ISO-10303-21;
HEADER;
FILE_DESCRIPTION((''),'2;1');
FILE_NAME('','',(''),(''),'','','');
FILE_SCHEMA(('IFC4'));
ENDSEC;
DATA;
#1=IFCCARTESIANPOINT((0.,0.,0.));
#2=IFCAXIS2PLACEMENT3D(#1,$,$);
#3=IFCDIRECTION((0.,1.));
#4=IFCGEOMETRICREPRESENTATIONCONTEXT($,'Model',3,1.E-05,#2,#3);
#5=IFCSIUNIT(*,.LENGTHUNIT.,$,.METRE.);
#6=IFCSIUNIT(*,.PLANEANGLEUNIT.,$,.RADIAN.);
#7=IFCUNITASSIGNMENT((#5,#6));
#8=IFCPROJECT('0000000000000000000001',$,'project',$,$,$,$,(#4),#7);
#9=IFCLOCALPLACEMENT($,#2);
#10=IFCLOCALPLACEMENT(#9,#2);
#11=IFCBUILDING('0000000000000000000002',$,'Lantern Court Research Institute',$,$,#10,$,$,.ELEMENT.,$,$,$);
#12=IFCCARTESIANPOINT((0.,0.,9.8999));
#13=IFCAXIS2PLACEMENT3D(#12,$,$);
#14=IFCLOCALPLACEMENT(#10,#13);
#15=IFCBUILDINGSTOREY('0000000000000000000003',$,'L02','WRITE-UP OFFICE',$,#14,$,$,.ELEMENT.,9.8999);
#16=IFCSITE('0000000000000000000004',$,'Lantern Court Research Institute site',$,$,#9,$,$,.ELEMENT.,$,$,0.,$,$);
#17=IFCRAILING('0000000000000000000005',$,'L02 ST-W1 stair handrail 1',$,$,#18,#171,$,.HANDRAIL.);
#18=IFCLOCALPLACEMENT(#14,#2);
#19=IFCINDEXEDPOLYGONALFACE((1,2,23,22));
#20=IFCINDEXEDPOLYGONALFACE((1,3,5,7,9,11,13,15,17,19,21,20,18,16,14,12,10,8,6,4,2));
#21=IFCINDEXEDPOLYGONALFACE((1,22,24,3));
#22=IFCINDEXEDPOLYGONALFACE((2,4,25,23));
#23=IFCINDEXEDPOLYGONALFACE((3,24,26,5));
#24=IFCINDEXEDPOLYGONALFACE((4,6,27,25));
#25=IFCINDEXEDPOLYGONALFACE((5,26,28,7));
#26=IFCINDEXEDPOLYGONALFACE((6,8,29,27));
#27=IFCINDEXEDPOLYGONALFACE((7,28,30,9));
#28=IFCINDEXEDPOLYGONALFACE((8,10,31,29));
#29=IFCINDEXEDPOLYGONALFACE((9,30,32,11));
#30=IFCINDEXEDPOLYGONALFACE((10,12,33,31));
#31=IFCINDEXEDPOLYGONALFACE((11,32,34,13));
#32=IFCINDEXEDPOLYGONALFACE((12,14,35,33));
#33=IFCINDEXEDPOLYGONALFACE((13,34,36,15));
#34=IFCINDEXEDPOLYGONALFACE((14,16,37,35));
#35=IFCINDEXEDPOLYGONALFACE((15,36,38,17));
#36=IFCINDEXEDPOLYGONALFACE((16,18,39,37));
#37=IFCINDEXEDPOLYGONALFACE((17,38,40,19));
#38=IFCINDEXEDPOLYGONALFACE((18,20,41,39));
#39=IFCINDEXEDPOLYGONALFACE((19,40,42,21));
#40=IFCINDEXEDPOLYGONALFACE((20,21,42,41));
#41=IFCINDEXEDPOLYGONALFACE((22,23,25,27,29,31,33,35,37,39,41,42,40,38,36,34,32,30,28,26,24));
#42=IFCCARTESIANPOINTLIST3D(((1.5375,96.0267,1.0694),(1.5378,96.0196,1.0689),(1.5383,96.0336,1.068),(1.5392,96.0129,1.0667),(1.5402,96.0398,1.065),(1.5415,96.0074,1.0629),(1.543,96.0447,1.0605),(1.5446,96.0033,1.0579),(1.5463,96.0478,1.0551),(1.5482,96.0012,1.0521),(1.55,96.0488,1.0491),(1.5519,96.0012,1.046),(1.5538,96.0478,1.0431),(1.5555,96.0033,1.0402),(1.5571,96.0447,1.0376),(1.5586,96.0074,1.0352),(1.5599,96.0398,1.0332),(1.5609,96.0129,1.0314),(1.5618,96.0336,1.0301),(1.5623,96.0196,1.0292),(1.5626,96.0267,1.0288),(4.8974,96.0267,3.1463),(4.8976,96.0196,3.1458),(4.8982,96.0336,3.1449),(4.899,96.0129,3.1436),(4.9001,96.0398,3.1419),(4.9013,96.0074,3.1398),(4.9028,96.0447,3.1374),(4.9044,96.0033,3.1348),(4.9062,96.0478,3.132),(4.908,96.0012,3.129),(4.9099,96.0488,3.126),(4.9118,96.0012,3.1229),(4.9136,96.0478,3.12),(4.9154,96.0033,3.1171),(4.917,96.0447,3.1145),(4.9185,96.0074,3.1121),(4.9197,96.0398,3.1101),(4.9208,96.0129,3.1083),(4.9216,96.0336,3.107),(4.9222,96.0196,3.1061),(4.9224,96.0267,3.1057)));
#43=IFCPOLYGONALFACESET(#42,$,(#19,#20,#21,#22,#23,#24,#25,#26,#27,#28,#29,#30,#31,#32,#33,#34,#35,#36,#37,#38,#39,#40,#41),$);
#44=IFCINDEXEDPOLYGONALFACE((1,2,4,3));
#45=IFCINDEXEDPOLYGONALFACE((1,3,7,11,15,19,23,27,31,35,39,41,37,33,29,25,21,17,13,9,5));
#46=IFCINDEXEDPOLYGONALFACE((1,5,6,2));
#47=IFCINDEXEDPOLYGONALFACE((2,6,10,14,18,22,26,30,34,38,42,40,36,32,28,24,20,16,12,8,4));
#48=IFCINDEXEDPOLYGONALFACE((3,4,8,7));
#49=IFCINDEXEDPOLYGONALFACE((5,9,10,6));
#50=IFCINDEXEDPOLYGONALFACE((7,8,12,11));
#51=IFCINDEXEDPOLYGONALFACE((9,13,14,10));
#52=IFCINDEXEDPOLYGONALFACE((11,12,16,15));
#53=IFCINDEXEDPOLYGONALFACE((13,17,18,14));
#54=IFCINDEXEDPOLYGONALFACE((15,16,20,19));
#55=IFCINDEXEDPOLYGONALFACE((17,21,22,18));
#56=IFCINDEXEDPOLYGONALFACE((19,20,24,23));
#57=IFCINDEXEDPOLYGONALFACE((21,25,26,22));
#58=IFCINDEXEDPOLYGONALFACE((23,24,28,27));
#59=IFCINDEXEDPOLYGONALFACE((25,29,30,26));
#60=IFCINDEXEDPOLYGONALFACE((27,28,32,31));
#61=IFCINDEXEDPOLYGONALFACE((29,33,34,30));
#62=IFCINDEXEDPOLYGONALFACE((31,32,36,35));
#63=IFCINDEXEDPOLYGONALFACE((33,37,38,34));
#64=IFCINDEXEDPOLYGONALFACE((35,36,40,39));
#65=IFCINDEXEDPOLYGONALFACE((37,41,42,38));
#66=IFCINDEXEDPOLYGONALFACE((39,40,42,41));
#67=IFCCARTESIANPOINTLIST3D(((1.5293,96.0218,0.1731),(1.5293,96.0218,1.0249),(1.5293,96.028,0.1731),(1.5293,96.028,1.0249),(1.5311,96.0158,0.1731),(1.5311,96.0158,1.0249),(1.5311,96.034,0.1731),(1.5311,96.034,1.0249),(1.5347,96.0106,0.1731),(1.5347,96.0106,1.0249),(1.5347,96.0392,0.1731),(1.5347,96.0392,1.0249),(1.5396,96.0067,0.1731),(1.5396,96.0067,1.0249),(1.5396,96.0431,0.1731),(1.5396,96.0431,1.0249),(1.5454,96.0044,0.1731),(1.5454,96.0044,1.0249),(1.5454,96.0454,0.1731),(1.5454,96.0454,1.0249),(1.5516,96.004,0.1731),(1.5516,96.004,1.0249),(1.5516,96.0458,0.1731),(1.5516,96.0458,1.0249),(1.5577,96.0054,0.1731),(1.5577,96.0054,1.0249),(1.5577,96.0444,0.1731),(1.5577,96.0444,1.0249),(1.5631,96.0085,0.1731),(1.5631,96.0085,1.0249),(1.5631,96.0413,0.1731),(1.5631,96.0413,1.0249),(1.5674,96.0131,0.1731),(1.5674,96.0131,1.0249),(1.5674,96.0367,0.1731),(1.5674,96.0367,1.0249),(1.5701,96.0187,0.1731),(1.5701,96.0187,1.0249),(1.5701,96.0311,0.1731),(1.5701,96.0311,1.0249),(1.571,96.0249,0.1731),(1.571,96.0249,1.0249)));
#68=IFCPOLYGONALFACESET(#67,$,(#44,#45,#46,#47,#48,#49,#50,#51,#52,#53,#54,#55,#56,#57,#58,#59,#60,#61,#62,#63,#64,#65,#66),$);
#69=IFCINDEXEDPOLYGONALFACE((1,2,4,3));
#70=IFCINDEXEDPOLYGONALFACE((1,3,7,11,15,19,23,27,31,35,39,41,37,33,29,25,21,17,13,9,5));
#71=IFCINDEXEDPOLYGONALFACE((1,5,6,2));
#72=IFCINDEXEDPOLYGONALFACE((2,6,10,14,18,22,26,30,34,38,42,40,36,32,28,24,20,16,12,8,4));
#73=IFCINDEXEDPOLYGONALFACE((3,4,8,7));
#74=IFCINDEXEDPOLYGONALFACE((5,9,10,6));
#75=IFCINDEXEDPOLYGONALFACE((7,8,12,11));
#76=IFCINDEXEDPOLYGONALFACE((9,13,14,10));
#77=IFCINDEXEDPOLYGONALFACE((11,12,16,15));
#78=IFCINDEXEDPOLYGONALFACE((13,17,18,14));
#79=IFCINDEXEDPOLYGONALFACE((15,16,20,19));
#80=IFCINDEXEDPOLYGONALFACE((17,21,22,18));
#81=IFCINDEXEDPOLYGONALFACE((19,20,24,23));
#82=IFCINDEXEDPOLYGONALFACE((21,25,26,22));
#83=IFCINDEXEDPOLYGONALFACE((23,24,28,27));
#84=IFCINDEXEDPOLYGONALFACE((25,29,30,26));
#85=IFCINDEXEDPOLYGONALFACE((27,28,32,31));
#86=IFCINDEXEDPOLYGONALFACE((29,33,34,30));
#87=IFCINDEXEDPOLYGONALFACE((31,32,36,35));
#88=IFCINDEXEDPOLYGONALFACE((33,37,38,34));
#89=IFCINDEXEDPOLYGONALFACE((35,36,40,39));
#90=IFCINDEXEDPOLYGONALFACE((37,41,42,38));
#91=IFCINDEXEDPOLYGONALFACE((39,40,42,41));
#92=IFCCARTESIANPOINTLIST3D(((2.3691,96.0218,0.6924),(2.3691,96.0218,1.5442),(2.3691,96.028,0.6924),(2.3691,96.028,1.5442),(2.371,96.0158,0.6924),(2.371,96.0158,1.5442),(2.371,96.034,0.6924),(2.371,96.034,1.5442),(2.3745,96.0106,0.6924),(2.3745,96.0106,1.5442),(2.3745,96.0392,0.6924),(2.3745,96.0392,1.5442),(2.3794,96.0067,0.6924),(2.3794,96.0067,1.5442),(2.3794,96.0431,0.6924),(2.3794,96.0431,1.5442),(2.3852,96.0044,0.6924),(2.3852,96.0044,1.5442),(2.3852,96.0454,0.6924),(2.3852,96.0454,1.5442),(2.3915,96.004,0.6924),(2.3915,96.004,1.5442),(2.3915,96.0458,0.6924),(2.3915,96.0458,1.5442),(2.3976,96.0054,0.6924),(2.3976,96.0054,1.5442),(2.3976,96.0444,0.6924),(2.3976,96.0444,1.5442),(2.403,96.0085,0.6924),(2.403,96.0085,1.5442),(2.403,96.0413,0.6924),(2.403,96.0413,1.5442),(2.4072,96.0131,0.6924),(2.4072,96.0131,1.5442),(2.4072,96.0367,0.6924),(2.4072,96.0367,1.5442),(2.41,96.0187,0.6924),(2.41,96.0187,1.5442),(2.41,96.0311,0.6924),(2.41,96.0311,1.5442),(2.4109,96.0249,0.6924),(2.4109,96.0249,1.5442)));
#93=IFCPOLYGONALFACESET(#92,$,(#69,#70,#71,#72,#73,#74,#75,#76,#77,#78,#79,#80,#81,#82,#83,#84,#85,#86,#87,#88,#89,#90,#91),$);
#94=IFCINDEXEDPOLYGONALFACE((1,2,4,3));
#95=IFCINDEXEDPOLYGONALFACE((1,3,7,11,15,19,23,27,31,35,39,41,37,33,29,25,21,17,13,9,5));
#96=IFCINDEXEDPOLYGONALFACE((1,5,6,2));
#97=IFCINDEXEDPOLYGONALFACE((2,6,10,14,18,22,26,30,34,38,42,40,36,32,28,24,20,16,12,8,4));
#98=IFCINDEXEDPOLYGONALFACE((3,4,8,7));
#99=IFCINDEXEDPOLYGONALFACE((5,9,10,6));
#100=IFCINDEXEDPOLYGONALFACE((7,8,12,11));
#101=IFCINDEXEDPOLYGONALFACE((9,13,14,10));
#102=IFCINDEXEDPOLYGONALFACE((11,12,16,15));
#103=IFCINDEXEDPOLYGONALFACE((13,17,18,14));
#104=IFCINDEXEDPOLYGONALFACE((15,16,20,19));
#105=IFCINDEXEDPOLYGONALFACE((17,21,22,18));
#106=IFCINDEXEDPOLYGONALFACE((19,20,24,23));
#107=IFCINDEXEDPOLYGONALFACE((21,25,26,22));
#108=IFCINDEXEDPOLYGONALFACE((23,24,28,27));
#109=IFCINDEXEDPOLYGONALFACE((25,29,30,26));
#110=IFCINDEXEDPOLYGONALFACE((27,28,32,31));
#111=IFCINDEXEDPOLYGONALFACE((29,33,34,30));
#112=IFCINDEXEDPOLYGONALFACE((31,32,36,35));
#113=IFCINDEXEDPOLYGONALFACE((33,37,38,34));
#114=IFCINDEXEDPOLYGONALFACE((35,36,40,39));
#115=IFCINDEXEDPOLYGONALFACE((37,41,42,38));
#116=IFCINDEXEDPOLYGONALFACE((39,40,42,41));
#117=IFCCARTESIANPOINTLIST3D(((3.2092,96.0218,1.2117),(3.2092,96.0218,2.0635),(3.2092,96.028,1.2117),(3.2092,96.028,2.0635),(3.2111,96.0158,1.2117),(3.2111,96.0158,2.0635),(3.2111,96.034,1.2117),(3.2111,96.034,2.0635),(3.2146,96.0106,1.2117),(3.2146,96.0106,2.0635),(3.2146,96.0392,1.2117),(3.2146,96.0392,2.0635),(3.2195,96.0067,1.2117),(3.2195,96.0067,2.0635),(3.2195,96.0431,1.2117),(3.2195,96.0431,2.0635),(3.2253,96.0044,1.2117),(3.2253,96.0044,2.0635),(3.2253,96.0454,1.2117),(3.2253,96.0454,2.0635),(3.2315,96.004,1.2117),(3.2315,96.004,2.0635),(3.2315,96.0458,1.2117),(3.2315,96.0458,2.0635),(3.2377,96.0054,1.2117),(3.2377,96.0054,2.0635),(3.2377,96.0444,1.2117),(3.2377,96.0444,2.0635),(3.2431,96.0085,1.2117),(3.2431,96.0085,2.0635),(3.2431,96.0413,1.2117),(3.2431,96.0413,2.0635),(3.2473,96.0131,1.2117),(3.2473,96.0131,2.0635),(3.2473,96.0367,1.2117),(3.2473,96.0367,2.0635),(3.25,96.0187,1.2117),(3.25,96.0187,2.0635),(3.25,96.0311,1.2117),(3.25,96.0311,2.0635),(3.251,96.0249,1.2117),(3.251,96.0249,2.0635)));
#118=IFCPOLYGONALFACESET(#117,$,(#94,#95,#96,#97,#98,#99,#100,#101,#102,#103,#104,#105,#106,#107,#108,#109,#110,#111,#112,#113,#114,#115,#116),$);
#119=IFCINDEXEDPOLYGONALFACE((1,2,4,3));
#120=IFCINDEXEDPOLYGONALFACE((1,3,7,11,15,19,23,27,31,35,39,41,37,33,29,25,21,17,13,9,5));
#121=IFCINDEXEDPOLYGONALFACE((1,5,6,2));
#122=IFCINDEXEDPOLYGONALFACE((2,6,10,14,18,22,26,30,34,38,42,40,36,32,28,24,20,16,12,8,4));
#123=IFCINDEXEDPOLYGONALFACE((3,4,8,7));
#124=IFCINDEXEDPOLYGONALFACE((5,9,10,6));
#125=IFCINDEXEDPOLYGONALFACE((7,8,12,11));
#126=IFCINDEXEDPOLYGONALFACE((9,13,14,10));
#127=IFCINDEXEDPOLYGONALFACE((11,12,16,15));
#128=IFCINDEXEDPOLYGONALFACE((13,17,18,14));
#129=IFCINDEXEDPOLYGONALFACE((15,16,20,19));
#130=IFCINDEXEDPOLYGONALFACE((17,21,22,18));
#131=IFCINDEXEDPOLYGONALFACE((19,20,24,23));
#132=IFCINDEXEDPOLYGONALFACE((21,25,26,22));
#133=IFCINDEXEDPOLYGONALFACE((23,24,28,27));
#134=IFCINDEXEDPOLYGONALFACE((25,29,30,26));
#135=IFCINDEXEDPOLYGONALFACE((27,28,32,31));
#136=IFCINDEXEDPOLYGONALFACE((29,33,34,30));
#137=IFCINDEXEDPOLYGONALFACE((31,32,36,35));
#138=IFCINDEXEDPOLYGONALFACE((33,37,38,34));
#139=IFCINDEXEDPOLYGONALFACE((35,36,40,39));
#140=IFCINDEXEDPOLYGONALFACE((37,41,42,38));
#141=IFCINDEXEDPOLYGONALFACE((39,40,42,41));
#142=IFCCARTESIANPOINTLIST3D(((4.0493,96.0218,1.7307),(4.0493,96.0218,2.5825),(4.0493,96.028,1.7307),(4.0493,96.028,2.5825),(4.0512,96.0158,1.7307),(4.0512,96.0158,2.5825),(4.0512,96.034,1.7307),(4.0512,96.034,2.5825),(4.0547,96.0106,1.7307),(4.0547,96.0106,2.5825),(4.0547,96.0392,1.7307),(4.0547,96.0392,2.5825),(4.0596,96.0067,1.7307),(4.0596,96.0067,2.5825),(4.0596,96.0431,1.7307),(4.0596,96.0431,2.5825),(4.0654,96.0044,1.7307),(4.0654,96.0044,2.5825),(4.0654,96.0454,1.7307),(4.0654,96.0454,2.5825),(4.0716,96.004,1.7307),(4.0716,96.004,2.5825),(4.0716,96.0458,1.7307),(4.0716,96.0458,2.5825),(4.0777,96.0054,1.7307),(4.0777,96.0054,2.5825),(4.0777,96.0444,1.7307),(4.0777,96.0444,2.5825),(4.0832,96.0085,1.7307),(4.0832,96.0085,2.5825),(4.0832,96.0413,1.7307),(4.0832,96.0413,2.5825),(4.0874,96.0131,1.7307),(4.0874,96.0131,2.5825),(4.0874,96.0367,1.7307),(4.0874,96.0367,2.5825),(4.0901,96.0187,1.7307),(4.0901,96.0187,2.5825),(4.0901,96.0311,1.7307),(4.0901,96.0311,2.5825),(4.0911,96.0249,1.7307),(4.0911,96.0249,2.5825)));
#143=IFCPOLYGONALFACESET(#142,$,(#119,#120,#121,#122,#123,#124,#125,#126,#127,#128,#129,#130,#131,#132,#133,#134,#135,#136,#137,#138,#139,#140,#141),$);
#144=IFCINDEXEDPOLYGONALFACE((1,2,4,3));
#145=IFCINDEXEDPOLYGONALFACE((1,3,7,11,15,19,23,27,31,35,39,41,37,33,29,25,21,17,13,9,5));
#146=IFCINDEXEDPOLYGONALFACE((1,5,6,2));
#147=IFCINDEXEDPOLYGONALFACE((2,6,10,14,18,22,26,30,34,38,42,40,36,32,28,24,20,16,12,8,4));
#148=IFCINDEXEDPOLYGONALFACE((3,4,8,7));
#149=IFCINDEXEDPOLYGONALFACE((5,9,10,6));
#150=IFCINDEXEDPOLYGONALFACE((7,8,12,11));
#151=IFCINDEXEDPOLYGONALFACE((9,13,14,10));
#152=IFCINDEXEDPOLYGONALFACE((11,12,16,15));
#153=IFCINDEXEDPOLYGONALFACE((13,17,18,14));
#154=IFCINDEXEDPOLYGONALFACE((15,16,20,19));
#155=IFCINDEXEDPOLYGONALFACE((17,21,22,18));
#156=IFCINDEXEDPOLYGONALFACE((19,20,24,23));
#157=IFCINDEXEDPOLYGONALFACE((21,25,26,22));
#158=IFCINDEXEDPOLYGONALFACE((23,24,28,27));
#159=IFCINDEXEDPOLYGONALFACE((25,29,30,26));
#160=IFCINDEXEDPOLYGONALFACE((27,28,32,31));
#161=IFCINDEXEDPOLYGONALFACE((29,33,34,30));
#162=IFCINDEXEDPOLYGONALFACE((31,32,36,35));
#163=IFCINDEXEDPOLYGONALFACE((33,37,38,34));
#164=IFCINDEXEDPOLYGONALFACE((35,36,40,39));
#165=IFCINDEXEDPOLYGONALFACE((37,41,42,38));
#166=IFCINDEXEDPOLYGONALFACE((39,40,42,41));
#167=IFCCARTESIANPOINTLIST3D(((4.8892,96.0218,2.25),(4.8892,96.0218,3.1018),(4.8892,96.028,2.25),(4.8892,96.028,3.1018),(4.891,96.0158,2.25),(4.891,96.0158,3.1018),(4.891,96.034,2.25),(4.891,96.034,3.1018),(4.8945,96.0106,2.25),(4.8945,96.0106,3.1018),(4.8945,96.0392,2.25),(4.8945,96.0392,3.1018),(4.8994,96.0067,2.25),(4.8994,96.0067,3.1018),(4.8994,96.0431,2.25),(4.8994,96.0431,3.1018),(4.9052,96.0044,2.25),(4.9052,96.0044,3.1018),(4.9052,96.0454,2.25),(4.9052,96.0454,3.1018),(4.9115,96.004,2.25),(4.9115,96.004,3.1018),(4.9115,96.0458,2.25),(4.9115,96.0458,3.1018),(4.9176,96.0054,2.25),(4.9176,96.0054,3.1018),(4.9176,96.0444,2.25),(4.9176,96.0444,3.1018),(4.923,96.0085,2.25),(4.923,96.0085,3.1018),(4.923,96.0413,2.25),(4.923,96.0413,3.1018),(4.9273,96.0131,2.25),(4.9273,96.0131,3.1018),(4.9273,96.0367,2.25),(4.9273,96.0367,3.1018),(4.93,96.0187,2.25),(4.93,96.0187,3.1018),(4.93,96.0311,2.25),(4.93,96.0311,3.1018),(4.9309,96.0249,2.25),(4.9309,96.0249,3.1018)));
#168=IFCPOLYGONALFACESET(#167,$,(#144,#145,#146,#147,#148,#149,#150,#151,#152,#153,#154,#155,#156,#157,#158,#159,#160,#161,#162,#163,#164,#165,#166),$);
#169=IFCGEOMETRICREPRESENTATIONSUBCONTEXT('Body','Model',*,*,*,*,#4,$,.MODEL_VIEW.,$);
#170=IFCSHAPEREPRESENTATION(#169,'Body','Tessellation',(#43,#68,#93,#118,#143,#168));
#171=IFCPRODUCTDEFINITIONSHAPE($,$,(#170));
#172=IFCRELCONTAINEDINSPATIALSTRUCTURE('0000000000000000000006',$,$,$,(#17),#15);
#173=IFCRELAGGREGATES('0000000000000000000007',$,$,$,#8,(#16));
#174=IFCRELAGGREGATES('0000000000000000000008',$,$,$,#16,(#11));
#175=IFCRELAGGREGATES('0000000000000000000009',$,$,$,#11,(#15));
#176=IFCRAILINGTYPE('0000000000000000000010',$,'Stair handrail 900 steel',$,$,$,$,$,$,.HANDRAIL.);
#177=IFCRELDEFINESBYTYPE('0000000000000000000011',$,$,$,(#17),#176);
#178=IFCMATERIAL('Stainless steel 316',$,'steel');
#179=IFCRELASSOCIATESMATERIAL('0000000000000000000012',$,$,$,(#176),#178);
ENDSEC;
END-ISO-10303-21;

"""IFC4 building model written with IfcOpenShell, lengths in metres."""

from ifc_helpers import new_model, si_unit, direction, frame, origin, origin_2d, place, context, subcontext, project, spatial, circle, extrude, material, type_object, element, save


model = new_model("IFC4")

# Units and contexts
model_context = context("Model", 3, precision=1e-05, world=origin(), true_north=direction((0.0, 1.0)))
body_context = subcontext(model_context, "Body", "Model", "MODEL_VIEW")
ifc_project = project(units=[si_unit("LENGTHUNIT", "METRE"), si_unit("PLANEANGLEUNIT", "RADIAN")], contexts=[model_context])

# Site, building, storey
site_placement = place(None, origin())
site = spatial("IfcSite", under=ifc_project, at=site_placement, Name="Lantern Court Research Institute site", CompositionType="ELEMENT", RefElevation=0.0)
building_placement = place(site_placement, origin())
building = spatial("IfcBuilding", under=site, at=building_placement, Name="Lantern Court Research Institute", CompositionType="ELEMENT")
storey_placement = place(building_placement, frame((0.0, 0.0, 9.8999)))
storey = spatial("IfcBuildingStorey", under=building, at=storey_placement, Name="L02", Description="WRITE-UP OFFICE", CompositionType="ELEMENT", Elevation=9.8999)

# Railing
ifc_material_1 = material(Name="Stainless steel 316", Category="steel")
railing_type_1 = type_object("IfcRailingType", Name="Stair handrail 900 steel", PredefinedType="HANDRAIL", material=ifc_material_1)
railing_1_placement = place(storey_placement, frame((1.55, 96.0249, 0.1731)))
element("IfcRailing", 1, at=railing_1_placement, inside=storey, type_object=railing_type_1, Name="L02 ST-W1 stair handrail 1", PredefinedType="HANDRAIL", context=body_context, shape_type="SweptSolid", body=[
    extrude(circle(Radius=0.0239, at=origin_2d()), frame((0.0, 0.0, 0.876), z_axis=(0.850606, 0.0, 0.525803), x_axis=(0.0, 1.0, 0.0)), (0.0, 0.0, 1.0), 3.95),
    extrude(circle(Radius=0.021, at=origin_2d()), origin(), (0.0, 0.0, 1.0), 0.8518),
    extrude(circle(Radius=0.021, at=origin_2d()), frame((0.8398, 0.0, 0.5193)), (0.0, 0.0, 1.0), 0.8518),
    extrude(circle(Radius=0.021, at=origin_2d()), frame((1.6799, 0.0, 1.0386)), (0.0, 0.0, 1.0), 0.8518),
    extrude(circle(Radius=0.021, at=origin_2d()), frame((2.52, 0.0, 1.5576)), (0.0, 0.0, 1.0), 0.8518),
    extrude(circle(Radius=0.021, at=origin_2d()), frame((3.3599, 0.0, 2.0769)), (0.0, 0.0, 1.0), 0.8518),
])

save(model, "model.ifc")
